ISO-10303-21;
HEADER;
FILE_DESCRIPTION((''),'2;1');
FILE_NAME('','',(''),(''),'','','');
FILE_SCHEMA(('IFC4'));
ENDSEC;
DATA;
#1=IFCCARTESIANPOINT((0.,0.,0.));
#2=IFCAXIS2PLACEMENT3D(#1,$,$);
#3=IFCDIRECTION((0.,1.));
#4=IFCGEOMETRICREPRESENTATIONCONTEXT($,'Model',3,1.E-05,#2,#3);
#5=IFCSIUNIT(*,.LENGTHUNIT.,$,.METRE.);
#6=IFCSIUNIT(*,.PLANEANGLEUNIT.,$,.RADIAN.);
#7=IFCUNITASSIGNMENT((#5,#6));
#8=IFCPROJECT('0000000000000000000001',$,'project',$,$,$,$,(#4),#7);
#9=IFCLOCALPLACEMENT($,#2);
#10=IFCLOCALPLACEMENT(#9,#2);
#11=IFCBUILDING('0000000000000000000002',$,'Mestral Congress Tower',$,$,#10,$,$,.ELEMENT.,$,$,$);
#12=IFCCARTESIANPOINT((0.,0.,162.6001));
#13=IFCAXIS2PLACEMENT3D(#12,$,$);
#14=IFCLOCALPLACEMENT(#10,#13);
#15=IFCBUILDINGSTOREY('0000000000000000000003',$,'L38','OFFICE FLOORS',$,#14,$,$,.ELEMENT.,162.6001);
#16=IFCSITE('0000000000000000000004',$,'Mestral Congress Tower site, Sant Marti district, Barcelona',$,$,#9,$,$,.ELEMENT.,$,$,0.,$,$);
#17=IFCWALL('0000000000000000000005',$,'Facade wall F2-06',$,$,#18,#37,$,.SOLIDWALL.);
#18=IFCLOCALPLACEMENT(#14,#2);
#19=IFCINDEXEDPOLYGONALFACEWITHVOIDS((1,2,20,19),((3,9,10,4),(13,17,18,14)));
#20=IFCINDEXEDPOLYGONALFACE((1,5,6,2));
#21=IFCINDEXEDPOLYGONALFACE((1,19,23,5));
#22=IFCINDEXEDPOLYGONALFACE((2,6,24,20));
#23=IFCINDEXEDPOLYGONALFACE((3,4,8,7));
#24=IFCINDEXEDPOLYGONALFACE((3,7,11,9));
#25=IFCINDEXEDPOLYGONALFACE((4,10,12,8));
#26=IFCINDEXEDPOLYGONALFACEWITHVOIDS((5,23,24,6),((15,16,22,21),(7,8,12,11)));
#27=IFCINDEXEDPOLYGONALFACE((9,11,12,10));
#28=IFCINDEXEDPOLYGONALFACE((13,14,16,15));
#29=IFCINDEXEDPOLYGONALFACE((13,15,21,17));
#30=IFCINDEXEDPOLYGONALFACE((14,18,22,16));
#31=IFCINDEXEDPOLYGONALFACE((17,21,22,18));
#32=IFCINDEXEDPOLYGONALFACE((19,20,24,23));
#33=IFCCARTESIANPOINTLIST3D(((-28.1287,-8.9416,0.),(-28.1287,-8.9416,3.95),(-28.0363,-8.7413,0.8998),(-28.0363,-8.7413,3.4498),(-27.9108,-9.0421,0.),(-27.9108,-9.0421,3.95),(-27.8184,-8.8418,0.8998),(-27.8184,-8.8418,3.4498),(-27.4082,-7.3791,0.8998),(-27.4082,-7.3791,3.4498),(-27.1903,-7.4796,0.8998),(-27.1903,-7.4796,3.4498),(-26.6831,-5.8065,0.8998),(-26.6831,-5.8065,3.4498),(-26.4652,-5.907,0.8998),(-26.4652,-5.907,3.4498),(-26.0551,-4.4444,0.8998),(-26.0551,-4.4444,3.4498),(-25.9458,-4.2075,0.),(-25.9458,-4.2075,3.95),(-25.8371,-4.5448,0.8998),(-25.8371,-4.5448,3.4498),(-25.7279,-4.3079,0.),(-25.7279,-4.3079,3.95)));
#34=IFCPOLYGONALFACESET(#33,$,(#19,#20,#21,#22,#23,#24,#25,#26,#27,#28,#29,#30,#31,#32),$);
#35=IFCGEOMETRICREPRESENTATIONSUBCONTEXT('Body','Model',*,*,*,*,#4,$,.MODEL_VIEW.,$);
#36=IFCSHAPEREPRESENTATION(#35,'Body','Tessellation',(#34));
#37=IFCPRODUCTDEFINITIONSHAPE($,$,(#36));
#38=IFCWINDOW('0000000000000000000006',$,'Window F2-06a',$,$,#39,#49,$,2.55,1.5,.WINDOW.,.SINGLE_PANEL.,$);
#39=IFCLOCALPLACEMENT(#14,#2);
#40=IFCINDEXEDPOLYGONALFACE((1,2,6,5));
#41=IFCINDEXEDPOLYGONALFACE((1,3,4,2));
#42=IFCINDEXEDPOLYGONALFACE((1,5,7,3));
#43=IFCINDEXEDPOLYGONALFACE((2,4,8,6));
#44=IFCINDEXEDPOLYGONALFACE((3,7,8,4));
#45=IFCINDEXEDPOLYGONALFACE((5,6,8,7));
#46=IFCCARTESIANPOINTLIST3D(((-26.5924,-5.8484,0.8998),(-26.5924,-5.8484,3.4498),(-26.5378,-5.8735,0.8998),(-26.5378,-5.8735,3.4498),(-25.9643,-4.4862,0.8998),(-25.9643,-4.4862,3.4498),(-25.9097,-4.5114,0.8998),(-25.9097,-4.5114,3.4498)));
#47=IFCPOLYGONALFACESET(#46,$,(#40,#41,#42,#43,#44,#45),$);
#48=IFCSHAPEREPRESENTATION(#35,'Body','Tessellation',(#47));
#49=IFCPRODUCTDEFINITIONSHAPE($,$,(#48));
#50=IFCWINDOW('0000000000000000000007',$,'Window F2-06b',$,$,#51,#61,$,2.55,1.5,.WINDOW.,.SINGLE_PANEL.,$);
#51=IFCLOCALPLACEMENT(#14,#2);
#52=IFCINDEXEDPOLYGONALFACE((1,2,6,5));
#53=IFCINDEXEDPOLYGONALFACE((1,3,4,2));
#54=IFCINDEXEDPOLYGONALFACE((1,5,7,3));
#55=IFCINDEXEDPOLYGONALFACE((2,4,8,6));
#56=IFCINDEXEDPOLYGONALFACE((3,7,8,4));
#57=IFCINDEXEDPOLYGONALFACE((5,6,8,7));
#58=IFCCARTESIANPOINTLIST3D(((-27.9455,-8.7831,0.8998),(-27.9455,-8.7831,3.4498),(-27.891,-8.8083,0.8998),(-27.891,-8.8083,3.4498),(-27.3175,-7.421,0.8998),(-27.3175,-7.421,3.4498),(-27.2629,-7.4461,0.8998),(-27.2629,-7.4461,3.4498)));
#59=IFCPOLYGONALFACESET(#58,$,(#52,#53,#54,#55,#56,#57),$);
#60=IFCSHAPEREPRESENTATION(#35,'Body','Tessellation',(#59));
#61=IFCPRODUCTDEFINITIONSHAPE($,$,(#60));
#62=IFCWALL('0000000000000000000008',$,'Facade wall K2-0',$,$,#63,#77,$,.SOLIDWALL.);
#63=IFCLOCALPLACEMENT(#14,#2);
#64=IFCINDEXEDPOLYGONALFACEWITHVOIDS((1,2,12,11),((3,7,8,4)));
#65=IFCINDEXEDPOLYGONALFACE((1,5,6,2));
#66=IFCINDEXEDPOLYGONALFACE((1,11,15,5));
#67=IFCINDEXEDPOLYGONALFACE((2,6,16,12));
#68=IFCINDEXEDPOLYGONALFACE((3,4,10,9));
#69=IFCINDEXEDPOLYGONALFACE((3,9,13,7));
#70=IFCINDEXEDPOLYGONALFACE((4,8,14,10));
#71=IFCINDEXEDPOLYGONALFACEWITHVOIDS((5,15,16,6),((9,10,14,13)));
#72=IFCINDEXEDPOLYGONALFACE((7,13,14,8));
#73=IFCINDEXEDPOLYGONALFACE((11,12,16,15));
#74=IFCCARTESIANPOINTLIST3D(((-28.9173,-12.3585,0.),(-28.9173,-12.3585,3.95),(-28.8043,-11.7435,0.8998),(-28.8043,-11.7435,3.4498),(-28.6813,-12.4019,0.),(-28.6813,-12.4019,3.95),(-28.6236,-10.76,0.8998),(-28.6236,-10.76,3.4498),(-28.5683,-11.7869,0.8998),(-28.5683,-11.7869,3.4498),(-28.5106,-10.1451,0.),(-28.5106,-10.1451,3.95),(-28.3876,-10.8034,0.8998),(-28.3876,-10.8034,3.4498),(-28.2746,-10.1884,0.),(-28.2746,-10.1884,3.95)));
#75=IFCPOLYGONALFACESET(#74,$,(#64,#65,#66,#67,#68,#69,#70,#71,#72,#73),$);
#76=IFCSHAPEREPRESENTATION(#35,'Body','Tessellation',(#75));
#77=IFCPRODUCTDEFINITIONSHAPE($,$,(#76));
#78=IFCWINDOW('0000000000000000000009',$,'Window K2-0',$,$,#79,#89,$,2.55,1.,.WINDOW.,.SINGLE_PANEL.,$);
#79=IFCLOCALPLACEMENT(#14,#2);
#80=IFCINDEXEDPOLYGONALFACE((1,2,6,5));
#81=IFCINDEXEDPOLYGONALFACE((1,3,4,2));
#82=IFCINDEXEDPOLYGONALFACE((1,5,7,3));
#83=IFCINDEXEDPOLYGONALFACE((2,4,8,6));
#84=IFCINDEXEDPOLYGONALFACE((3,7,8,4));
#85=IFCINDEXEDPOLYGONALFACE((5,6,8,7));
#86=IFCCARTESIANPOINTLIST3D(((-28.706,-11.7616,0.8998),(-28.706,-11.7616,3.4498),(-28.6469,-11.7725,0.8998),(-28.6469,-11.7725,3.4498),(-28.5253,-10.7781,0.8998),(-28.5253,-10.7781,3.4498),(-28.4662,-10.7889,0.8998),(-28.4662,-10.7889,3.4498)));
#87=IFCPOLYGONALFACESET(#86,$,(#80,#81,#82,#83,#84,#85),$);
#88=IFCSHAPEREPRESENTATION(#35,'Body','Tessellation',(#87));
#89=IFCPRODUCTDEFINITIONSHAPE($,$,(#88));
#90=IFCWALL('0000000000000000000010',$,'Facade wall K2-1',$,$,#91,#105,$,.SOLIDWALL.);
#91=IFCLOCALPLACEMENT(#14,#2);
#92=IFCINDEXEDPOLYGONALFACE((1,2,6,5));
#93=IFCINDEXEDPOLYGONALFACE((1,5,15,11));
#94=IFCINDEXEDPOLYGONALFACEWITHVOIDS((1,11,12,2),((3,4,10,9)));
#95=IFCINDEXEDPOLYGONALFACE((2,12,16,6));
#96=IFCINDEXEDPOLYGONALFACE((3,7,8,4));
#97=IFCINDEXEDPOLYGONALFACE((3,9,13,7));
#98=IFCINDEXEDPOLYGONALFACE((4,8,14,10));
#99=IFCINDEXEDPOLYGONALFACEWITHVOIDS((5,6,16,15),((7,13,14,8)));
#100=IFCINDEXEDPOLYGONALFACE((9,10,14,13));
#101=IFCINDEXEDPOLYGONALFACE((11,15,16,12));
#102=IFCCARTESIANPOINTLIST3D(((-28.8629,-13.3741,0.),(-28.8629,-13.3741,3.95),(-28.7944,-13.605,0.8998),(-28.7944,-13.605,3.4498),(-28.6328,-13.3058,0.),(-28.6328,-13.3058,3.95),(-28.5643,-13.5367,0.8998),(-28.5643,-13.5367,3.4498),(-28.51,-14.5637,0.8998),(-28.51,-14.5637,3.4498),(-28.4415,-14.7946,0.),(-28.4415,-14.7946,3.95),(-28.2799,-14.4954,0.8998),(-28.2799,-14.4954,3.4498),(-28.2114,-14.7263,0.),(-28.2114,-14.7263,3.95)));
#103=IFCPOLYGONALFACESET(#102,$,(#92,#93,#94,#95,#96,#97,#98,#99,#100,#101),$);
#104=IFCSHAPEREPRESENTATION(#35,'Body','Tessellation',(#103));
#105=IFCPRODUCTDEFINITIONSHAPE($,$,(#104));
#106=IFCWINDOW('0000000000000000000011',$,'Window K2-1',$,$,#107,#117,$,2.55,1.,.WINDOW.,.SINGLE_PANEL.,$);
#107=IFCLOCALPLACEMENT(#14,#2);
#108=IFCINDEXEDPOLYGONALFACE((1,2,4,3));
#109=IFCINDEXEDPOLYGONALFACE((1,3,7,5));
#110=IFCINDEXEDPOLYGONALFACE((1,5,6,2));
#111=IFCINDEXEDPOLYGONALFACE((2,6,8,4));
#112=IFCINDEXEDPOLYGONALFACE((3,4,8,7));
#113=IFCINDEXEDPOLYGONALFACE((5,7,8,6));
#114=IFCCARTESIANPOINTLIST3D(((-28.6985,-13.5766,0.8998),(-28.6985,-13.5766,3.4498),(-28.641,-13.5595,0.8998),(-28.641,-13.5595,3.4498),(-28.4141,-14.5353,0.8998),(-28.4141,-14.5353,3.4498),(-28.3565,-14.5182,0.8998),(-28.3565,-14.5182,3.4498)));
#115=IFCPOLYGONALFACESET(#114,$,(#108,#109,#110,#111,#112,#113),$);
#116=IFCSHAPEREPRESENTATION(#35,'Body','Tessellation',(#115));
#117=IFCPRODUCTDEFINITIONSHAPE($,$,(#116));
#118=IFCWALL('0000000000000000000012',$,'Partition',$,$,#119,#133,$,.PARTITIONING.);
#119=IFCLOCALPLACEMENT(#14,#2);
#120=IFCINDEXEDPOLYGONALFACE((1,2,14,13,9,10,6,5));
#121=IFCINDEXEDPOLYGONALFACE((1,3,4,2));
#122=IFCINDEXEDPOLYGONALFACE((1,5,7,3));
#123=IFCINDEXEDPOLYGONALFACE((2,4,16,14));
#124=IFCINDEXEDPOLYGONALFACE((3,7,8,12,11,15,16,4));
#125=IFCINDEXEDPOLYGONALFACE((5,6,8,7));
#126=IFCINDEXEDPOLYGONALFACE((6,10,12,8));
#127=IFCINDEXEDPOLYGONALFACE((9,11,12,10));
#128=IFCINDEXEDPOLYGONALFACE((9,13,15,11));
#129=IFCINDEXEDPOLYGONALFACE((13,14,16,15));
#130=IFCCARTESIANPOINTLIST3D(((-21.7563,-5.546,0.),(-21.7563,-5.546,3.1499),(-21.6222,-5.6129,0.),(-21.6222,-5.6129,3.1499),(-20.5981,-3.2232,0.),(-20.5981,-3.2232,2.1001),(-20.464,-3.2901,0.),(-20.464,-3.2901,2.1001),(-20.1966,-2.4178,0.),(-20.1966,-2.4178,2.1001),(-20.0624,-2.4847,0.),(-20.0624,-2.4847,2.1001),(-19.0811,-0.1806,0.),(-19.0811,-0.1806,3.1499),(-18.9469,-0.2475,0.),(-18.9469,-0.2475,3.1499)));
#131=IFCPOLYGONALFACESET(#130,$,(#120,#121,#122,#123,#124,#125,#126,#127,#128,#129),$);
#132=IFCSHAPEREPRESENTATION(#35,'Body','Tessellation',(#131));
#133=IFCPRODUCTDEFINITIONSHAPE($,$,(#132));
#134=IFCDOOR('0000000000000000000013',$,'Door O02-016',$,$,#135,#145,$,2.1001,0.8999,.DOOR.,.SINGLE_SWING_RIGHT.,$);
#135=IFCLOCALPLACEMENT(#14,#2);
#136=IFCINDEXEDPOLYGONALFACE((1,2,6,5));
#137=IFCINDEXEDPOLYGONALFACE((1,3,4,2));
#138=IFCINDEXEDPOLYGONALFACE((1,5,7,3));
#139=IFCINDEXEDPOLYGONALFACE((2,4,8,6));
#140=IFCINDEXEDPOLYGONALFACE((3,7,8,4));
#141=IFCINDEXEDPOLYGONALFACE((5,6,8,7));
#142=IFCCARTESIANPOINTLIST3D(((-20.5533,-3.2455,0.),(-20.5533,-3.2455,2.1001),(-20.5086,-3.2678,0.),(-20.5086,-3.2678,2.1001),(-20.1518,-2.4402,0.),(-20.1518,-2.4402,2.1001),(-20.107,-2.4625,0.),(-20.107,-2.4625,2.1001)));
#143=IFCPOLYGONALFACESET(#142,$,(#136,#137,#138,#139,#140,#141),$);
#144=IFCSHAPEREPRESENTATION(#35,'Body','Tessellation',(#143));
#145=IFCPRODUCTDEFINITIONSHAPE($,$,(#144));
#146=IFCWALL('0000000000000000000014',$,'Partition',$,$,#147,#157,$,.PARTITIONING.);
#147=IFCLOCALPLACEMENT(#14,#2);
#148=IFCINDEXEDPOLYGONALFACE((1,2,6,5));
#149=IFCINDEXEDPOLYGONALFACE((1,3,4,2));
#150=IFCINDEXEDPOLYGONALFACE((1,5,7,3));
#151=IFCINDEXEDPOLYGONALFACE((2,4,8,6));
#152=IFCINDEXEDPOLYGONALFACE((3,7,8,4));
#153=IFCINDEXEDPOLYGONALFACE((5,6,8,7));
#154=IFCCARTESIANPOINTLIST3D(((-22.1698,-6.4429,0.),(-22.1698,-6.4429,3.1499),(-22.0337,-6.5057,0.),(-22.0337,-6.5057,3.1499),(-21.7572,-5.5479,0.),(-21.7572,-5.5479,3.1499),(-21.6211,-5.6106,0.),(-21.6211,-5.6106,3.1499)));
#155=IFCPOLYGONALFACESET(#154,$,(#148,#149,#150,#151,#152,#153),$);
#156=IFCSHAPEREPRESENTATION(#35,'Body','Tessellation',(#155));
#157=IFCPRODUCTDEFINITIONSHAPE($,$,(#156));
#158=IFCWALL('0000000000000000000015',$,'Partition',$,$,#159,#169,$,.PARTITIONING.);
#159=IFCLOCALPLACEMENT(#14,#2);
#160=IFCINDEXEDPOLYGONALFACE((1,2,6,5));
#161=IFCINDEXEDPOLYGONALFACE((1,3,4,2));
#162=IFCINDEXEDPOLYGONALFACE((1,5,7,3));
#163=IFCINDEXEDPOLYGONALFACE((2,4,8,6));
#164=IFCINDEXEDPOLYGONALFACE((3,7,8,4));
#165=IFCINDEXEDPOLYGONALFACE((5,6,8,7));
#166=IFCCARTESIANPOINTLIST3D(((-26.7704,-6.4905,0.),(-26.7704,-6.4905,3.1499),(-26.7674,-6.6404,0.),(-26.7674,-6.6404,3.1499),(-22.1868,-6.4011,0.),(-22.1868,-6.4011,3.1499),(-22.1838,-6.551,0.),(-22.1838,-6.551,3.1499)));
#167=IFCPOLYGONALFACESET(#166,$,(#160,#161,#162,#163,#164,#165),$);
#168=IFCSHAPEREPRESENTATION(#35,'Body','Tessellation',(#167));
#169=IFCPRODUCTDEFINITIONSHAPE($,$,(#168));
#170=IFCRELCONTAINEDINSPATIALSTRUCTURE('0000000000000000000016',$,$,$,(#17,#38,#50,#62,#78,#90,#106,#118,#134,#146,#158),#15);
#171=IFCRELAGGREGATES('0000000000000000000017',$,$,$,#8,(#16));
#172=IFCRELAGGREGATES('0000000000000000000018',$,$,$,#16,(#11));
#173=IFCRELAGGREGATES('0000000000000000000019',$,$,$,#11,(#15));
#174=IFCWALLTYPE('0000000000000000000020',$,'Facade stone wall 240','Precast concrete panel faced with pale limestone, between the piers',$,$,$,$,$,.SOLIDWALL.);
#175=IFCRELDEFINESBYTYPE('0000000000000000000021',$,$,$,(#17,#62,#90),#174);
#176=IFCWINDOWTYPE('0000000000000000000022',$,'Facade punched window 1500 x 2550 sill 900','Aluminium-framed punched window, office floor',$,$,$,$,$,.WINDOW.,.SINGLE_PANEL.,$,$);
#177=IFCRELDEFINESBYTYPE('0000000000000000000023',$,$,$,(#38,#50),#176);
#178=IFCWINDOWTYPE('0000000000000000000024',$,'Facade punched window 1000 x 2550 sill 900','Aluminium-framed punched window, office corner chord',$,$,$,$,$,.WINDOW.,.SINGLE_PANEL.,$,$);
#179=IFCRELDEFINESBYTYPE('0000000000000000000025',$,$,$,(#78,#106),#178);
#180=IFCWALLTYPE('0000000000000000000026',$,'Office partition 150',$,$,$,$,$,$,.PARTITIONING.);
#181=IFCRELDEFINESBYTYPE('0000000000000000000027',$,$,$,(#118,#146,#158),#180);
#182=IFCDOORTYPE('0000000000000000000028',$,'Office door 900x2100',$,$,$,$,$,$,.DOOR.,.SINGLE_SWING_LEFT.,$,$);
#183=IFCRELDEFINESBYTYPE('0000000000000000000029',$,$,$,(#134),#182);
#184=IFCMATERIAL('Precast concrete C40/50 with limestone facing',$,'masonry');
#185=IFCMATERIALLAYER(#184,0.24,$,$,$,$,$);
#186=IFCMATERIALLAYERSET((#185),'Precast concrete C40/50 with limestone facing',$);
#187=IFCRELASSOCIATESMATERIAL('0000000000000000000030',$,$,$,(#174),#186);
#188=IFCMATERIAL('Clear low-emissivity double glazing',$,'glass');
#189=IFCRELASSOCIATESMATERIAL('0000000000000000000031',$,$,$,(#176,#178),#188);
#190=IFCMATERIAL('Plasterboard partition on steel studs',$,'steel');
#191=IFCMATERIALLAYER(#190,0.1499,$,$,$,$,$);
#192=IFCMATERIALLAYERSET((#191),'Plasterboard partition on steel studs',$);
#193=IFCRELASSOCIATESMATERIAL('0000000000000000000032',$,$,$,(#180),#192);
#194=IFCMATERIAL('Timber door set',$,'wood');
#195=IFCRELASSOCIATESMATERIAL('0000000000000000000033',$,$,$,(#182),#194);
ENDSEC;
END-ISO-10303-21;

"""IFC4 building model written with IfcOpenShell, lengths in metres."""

from ifc_helpers import new_model, si_unit, direction, frame, frame_2d, origin, place, context, subcontext, project, spatial, rectangle, extrude, material, layer, layer_set, type_object, element, fill, save


model = new_model("IFC4")

# Units and contexts
model_context = context("Model", 3, precision=1e-05, world=origin(), true_north=direction((0.0, 1.0)))
body_context = subcontext(model_context, "Body", "Model", "MODEL_VIEW")
ifc_project = project(units=[si_unit("LENGTHUNIT", "METRE"), si_unit("PLANEANGLEUNIT", "RADIAN")], contexts=[model_context])

# Site, building, storey
site_placement = place(None, origin())
site = spatial("IfcSite", under=ifc_project, at=site_placement, Name="Mestral Congress Tower site, Sant Marti district, Barcelona", CompositionType="ELEMENT", RefElevation=0.0)
building_placement = place(site_placement, origin())
building = spatial("IfcBuilding", under=site, at=building_placement, Name="Mestral Congress Tower", CompositionType="ELEMENT")
storey_placement = place(building_placement, frame((0.0, 0.0, 162.6001)))
storey = spatial("IfcBuildingStorey", under=building, at=storey_placement, Name="L38", Description="OFFICE FLOORS", CompositionType="ELEMENT", Elevation=162.6001)

# Wall, openings, windows
ifc_material_1 = material(Name="Precast concrete C40/50 with limestone facing", Category="masonry")
ifc_layer_1 = layer(ifc_material_1, 0.24)
ifc_layer_set_1 = layer_set([ifc_layer_1], Name="Precast concrete C40/50 with limestone facing")
wall_type_1 = type_object("IfcWallType", Name="Facade stone wall 240", Description="Precast concrete panel faced with pale limestone, between the piers", PredefinedType="SOLIDWALL", material=ifc_layer_set_1)
wall_1_placement = place(storey_placement, frame((-25.8369, -4.2578, 0.0), z_axis=(0.0, 0.0, 1.0), x_axis=(-0.418723, -0.908114, 0.0)))
wall_1 = element("IfcWall", 1, at=wall_1_placement, inside=storey, type_object=wall_type_1, Name="Facade wall F2-06", PredefinedType="SOLIDWALL", context=body_context, shape_type="SweptSolid", body=[
    extrude(rectangle(XDim=5.2131, YDim=0.24, at=frame_2d((2.6064, 0.0))), origin(), (0.0, 0.0, 1.0), 3.95),
])
opening_1_placement = place(wall_1_placement, frame((0.2607, 0.0, 0.8999)))
opening_1 = element("IfcOpeningElement", 2, at=opening_1_placement, cuts=wall_1, PredefinedType="OPENING", context=body_context, shape_type="SweptSolid", body=[
    extrude(rectangle(XDim=1.5, YDim=2.55, at=frame_2d((0.75, 1.2749))), frame((0.0, 0.1299, 0.0), z_axis=(0.0, -1.0, 0.0), x_axis=(1.0, 0.0, 0.0)), (0.0, 0.0, 1.0), 0.26),
])
opening_2_placement = place(wall_1_placement, frame((3.4924, 0.0, 0.8999)))
opening_2 = element("IfcOpeningElement", 3, at=opening_2_placement, cuts=wall_1, PredefinedType="OPENING", context=body_context, shape_type="SweptSolid", body=[
    extrude(rectangle(XDim=1.5, YDim=2.55, at=frame_2d((0.75, 1.2749))), frame((0.0, 0.1299, 0.0), z_axis=(0.0, -1.0, 0.0), x_axis=(1.0, 0.0, 0.0)), (0.0, 0.0, 1.0), 0.26),
])
ifc_material_2 = material(Name="Clear low-emissivity double glazing", Category="glass")
window_type_1 = type_object("IfcWindowType", Name="Facade punched window 1500 x 2550 sill 900", Description="Aluminium-framed punched window, office floor", PartitioningType="SINGLE_PANEL", PredefinedType="WINDOW", material=ifc_material_2)
window_1_placement = place(opening_1_placement, origin())
window_1 = element("IfcWindow", 4, at=window_1_placement, inside=storey, type_object=window_type_1, Name="Window F2-06a", OverallHeight=2.55, OverallWidth=1.5, PartitioningType="SINGLE_PANEL", PredefinedType="WINDOW", context=body_context, shape_type="SweptSolid", body=[
    extrude(rectangle(XDim=1.5, YDim=2.55, at=frame_2d((0.75, 1.2749))), frame((0.0, 0.04, 0.0), z_axis=(0.0, -1.0, 0.0), x_axis=(1.0, 0.0, 0.0)), (0.0, 0.0, 1.0), 0.0601),
])
fill(opening_1, window_1)
window_2_placement = place(opening_2_placement, origin())
window_2 = element("IfcWindow", 5, at=window_2_placement, inside=storey, type_object=window_type_1, Name="Window F2-06b", OverallHeight=2.55, OverallWidth=1.5, PartitioningType="SINGLE_PANEL", PredefinedType="WINDOW", context=body_context, shape_type="SweptSolid", body=[
    extrude(rectangle(XDim=1.5, YDim=2.55, at=frame_2d((0.75, 1.2749))), frame((0.0, 0.04, 0.0), z_axis=(0.0, -1.0, 0.0), x_axis=(1.0, 0.0, 0.0)), (0.0, 0.0, 1.0), 0.0601),
])
fill(opening_2, window_2)

# Walls, openings, windows
wall_2_placement = place(storey_placement, frame((-28.3926, -10.1667, 0.0), z_axis=(0.0, 0.0, 1.0), x_axis=(-0.180737, -0.983531, 0.0)))
wall_2 = element("IfcWall", 6, at=wall_2_placement, inside=storey, type_object=wall_type_1, Name="Facade wall K2-0", PredefinedType="SOLIDWALL", context=body_context, shape_type="SweptSolid", body=[
    extrude(rectangle(XDim=2.2505, YDim=0.24, at=frame_2d((1.1252, 0.0))), origin(), (0.0, 0.0, 1.0), 3.95),
])
opening_3_placement = place(wall_2_placement, frame((0.6252, 0.0, 0.8999)))
opening_3 = element("IfcOpeningElement", 7, at=opening_3_placement, cuts=wall_2, PredefinedType="OPENING", context=body_context, shape_type="SweptSolid", body=[
    extrude(rectangle(XDim=1.0, YDim=2.55, at=frame_2d((0.5, 1.2749))), frame((0.0, 0.1299, 0.0), z_axis=(0.0, -1.0, 0.0), x_axis=(1.0, 0.0, 0.0)), (0.0, 0.0, 1.0), 0.26),
])
window_type_2 = type_object("IfcWindowType", Name="Facade punched window 1000 x 2550 sill 900", Description="Aluminium-framed punched window, office corner chord", PartitioningType="SINGLE_PANEL", PredefinedType="WINDOW", material=ifc_material_2)
window_3_placement = place(opening_3_placement, origin())
window_3 = element("IfcWindow", 8, at=window_3_placement, inside=storey, type_object=window_type_2, Name="Window K2-0", OverallHeight=2.55, OverallWidth=1.0, PartitioningType="SINGLE_PANEL", PredefinedType="WINDOW", context=body_context, shape_type="SweptSolid", body=[
    extrude(rectangle(XDim=1.0, YDim=2.55, at=frame_2d((0.5, 1.2749))), frame((0.0, 0.04, 0.0), z_axis=(0.0, -1.0, 0.0), x_axis=(1.0, 0.0, 0.0)), (0.0, 0.0, 1.0), 0.0601),
])
fill(opening_3, window_3)
wall_3_placement = place(storey_placement, frame((-28.7478, -13.3401, 0.0), z_axis=(0.0, 0.0, 1.0), x_axis=(0.284414, -0.958702, 0.0)))
wall_3 = element("IfcWall", 9, at=wall_3_placement, inside=storey, type_object=wall_type_1, Name="Facade wall K2-1", PredefinedType="SOLIDWALL", context=body_context, shape_type="SweptSolid", body=[
    extrude(rectangle(XDim=1.4817, YDim=0.24, at=frame_2d((0.7407, 0.0))), origin(), (0.0, 0.0, 1.0), 3.95),
])
opening_4_placement = place(wall_3_placement, frame((0.2407, 0.0, 0.8999)))
opening_4 = element("IfcOpeningElement", 10, at=opening_4_placement, cuts=wall_3, PredefinedType="OPENING", context=body_context, shape_type="SweptSolid", body=[
    extrude(rectangle(XDim=1.0, YDim=2.55, at=frame_2d((0.5, 1.2749))), frame((0.0, 0.1299, 0.0), z_axis=(0.0, -1.0, 0.0), x_axis=(1.0, 0.0, 0.0)), (0.0, 0.0, 1.0), 0.26),
])
window_4_placement = place(opening_4_placement, origin())
window_4 = element("IfcWindow", 11, at=window_4_placement, inside=storey, type_object=window_type_2, Name="Window K2-1", OverallHeight=2.55, OverallWidth=1.0, PartitioningType="SINGLE_PANEL", PredefinedType="WINDOW", context=body_context, shape_type="SweptSolid", body=[
    extrude(rectangle(XDim=1.0, YDim=2.55, at=frame_2d((0.5, 1.2749))), frame((0.0, 0.04, 0.0), z_axis=(0.0, -1.0, 0.0), x_axis=(1.0, 0.0, 0.0)), (0.0, 0.0, 1.0), 0.0601),
])
fill(opening_4, window_4)

# Wall, opening, door
ifc_material_3 = material(Name="Plasterboard partition on steel studs", Category="steel")
ifc_layer_2 = layer(ifc_material_3, 0.1499)
ifc_layer_set_2 = layer_set([ifc_layer_2], Name="Plasterboard partition on steel studs")
wall_type_2 = type_object("IfcWallType", Name="Office partition 150", PredefinedType="PARTITIONING", material=ifc_layer_set_2)
wall_4_placement = place(storey_placement, frame((-21.6892, -5.5793, 0.0), z_axis=(0.0, 0.0, 1.0), x_axis=(0.44622, 0.894923, 0.0)))
wall_4 = element("IfcWall", 12, at=wall_4_placement, inside=storey, type_object=wall_type_2, Name="Partition", PredefinedType="PARTITIONING", context=body_context, shape_type="SweptSolid", body=[
    extrude(rectangle(XDim=5.9954, YDim=0.1499, at=frame_2d((2.9976, 0.0))), origin(), (0.0, 0.0, 1.0), 3.1499),
])
opening_5_placement = place(wall_4_placement, frame((2.5955, 0.0, 0.0)))
opening_5 = element("IfcOpeningElement", 13, at=opening_5_placement, cuts=wall_4, PredefinedType="OPENING", context=body_context, shape_type="SweptSolid", body=[
    extrude(rectangle(XDim=0.8999, YDim=2.1001, at=frame_2d((0.45, 1.05))), frame((0.0, 0.085, 0.0), z_axis=(0.0, -1.0, 0.0), x_axis=(1.0, 0.0, 0.0)), (0.0, 0.0, 1.0), 0.1699),
])
ifc_material_4 = material(Name="Timber door set", Category="wood")
door_type_1 = type_object("IfcDoorType", Name="Office door 900x2100", OperationType="SINGLE_SWING_LEFT", PredefinedType="DOOR", material=ifc_material_4)
door_1_placement = place(opening_5_placement, origin())
door_1 = element("IfcDoor", 14, at=door_1_placement, inside=storey, type_object=door_type_1, Name="Door O02-016", OperationType="SINGLE_SWING_RIGHT", OverallHeight=2.1001, OverallWidth=0.8999, PredefinedType="DOOR", context=body_context, shape_type="SweptSolid", body=[
    extrude(rectangle(XDim=0.8999, YDim=2.1001, at=frame_2d((0.45, 1.05))), frame((0.0, 0.0249, 0.0), z_axis=(0.0, -1.0, 0.0), x_axis=(1.0, 0.0, 0.0)), (0.0, 0.0, 1.0), 0.05),
])
fill(opening_5, door_1)

# Walls
wall_5_placement = place(storey_placement, frame((-21.6892, -5.5793, 0.0), z_axis=(0.0, 0.0, 1.0), x_axis=(-0.41865, -0.908148, 0.0)))
element("IfcWall", 15, at=wall_5_placement, inside=storey, type_object=wall_type_2, Name="Partition", PredefinedType="PARTITIONING", context=body_context, shape_type="SweptSolid", body=[
    extrude(rectangle(XDim=0.9856, YDim=0.1499, at=frame_2d((0.4927, 0.0))), origin(), (0.0, 0.0, 1.0), 3.1499),
])
wall_6_placement = place(storey_placement, frame((-22.1853, -6.4761, 0.0), z_axis=(0.0, 0.0, 1.0), x_axis=(-0.99981, -0.019491, 0.0)))
element("IfcWall", 16, at=wall_6_placement, inside=storey, type_object=wall_type_2, Name="Partition", PredefinedType="PARTITIONING", context=body_context, shape_type="SweptSolid", body=[
    extrude(rectangle(XDim=4.5845, YDim=0.1499, at=frame_2d((2.2922, 0.0))), origin(), (0.0, 0.0, 1.0), 3.1499),
])

save(model, "model.ifc")
